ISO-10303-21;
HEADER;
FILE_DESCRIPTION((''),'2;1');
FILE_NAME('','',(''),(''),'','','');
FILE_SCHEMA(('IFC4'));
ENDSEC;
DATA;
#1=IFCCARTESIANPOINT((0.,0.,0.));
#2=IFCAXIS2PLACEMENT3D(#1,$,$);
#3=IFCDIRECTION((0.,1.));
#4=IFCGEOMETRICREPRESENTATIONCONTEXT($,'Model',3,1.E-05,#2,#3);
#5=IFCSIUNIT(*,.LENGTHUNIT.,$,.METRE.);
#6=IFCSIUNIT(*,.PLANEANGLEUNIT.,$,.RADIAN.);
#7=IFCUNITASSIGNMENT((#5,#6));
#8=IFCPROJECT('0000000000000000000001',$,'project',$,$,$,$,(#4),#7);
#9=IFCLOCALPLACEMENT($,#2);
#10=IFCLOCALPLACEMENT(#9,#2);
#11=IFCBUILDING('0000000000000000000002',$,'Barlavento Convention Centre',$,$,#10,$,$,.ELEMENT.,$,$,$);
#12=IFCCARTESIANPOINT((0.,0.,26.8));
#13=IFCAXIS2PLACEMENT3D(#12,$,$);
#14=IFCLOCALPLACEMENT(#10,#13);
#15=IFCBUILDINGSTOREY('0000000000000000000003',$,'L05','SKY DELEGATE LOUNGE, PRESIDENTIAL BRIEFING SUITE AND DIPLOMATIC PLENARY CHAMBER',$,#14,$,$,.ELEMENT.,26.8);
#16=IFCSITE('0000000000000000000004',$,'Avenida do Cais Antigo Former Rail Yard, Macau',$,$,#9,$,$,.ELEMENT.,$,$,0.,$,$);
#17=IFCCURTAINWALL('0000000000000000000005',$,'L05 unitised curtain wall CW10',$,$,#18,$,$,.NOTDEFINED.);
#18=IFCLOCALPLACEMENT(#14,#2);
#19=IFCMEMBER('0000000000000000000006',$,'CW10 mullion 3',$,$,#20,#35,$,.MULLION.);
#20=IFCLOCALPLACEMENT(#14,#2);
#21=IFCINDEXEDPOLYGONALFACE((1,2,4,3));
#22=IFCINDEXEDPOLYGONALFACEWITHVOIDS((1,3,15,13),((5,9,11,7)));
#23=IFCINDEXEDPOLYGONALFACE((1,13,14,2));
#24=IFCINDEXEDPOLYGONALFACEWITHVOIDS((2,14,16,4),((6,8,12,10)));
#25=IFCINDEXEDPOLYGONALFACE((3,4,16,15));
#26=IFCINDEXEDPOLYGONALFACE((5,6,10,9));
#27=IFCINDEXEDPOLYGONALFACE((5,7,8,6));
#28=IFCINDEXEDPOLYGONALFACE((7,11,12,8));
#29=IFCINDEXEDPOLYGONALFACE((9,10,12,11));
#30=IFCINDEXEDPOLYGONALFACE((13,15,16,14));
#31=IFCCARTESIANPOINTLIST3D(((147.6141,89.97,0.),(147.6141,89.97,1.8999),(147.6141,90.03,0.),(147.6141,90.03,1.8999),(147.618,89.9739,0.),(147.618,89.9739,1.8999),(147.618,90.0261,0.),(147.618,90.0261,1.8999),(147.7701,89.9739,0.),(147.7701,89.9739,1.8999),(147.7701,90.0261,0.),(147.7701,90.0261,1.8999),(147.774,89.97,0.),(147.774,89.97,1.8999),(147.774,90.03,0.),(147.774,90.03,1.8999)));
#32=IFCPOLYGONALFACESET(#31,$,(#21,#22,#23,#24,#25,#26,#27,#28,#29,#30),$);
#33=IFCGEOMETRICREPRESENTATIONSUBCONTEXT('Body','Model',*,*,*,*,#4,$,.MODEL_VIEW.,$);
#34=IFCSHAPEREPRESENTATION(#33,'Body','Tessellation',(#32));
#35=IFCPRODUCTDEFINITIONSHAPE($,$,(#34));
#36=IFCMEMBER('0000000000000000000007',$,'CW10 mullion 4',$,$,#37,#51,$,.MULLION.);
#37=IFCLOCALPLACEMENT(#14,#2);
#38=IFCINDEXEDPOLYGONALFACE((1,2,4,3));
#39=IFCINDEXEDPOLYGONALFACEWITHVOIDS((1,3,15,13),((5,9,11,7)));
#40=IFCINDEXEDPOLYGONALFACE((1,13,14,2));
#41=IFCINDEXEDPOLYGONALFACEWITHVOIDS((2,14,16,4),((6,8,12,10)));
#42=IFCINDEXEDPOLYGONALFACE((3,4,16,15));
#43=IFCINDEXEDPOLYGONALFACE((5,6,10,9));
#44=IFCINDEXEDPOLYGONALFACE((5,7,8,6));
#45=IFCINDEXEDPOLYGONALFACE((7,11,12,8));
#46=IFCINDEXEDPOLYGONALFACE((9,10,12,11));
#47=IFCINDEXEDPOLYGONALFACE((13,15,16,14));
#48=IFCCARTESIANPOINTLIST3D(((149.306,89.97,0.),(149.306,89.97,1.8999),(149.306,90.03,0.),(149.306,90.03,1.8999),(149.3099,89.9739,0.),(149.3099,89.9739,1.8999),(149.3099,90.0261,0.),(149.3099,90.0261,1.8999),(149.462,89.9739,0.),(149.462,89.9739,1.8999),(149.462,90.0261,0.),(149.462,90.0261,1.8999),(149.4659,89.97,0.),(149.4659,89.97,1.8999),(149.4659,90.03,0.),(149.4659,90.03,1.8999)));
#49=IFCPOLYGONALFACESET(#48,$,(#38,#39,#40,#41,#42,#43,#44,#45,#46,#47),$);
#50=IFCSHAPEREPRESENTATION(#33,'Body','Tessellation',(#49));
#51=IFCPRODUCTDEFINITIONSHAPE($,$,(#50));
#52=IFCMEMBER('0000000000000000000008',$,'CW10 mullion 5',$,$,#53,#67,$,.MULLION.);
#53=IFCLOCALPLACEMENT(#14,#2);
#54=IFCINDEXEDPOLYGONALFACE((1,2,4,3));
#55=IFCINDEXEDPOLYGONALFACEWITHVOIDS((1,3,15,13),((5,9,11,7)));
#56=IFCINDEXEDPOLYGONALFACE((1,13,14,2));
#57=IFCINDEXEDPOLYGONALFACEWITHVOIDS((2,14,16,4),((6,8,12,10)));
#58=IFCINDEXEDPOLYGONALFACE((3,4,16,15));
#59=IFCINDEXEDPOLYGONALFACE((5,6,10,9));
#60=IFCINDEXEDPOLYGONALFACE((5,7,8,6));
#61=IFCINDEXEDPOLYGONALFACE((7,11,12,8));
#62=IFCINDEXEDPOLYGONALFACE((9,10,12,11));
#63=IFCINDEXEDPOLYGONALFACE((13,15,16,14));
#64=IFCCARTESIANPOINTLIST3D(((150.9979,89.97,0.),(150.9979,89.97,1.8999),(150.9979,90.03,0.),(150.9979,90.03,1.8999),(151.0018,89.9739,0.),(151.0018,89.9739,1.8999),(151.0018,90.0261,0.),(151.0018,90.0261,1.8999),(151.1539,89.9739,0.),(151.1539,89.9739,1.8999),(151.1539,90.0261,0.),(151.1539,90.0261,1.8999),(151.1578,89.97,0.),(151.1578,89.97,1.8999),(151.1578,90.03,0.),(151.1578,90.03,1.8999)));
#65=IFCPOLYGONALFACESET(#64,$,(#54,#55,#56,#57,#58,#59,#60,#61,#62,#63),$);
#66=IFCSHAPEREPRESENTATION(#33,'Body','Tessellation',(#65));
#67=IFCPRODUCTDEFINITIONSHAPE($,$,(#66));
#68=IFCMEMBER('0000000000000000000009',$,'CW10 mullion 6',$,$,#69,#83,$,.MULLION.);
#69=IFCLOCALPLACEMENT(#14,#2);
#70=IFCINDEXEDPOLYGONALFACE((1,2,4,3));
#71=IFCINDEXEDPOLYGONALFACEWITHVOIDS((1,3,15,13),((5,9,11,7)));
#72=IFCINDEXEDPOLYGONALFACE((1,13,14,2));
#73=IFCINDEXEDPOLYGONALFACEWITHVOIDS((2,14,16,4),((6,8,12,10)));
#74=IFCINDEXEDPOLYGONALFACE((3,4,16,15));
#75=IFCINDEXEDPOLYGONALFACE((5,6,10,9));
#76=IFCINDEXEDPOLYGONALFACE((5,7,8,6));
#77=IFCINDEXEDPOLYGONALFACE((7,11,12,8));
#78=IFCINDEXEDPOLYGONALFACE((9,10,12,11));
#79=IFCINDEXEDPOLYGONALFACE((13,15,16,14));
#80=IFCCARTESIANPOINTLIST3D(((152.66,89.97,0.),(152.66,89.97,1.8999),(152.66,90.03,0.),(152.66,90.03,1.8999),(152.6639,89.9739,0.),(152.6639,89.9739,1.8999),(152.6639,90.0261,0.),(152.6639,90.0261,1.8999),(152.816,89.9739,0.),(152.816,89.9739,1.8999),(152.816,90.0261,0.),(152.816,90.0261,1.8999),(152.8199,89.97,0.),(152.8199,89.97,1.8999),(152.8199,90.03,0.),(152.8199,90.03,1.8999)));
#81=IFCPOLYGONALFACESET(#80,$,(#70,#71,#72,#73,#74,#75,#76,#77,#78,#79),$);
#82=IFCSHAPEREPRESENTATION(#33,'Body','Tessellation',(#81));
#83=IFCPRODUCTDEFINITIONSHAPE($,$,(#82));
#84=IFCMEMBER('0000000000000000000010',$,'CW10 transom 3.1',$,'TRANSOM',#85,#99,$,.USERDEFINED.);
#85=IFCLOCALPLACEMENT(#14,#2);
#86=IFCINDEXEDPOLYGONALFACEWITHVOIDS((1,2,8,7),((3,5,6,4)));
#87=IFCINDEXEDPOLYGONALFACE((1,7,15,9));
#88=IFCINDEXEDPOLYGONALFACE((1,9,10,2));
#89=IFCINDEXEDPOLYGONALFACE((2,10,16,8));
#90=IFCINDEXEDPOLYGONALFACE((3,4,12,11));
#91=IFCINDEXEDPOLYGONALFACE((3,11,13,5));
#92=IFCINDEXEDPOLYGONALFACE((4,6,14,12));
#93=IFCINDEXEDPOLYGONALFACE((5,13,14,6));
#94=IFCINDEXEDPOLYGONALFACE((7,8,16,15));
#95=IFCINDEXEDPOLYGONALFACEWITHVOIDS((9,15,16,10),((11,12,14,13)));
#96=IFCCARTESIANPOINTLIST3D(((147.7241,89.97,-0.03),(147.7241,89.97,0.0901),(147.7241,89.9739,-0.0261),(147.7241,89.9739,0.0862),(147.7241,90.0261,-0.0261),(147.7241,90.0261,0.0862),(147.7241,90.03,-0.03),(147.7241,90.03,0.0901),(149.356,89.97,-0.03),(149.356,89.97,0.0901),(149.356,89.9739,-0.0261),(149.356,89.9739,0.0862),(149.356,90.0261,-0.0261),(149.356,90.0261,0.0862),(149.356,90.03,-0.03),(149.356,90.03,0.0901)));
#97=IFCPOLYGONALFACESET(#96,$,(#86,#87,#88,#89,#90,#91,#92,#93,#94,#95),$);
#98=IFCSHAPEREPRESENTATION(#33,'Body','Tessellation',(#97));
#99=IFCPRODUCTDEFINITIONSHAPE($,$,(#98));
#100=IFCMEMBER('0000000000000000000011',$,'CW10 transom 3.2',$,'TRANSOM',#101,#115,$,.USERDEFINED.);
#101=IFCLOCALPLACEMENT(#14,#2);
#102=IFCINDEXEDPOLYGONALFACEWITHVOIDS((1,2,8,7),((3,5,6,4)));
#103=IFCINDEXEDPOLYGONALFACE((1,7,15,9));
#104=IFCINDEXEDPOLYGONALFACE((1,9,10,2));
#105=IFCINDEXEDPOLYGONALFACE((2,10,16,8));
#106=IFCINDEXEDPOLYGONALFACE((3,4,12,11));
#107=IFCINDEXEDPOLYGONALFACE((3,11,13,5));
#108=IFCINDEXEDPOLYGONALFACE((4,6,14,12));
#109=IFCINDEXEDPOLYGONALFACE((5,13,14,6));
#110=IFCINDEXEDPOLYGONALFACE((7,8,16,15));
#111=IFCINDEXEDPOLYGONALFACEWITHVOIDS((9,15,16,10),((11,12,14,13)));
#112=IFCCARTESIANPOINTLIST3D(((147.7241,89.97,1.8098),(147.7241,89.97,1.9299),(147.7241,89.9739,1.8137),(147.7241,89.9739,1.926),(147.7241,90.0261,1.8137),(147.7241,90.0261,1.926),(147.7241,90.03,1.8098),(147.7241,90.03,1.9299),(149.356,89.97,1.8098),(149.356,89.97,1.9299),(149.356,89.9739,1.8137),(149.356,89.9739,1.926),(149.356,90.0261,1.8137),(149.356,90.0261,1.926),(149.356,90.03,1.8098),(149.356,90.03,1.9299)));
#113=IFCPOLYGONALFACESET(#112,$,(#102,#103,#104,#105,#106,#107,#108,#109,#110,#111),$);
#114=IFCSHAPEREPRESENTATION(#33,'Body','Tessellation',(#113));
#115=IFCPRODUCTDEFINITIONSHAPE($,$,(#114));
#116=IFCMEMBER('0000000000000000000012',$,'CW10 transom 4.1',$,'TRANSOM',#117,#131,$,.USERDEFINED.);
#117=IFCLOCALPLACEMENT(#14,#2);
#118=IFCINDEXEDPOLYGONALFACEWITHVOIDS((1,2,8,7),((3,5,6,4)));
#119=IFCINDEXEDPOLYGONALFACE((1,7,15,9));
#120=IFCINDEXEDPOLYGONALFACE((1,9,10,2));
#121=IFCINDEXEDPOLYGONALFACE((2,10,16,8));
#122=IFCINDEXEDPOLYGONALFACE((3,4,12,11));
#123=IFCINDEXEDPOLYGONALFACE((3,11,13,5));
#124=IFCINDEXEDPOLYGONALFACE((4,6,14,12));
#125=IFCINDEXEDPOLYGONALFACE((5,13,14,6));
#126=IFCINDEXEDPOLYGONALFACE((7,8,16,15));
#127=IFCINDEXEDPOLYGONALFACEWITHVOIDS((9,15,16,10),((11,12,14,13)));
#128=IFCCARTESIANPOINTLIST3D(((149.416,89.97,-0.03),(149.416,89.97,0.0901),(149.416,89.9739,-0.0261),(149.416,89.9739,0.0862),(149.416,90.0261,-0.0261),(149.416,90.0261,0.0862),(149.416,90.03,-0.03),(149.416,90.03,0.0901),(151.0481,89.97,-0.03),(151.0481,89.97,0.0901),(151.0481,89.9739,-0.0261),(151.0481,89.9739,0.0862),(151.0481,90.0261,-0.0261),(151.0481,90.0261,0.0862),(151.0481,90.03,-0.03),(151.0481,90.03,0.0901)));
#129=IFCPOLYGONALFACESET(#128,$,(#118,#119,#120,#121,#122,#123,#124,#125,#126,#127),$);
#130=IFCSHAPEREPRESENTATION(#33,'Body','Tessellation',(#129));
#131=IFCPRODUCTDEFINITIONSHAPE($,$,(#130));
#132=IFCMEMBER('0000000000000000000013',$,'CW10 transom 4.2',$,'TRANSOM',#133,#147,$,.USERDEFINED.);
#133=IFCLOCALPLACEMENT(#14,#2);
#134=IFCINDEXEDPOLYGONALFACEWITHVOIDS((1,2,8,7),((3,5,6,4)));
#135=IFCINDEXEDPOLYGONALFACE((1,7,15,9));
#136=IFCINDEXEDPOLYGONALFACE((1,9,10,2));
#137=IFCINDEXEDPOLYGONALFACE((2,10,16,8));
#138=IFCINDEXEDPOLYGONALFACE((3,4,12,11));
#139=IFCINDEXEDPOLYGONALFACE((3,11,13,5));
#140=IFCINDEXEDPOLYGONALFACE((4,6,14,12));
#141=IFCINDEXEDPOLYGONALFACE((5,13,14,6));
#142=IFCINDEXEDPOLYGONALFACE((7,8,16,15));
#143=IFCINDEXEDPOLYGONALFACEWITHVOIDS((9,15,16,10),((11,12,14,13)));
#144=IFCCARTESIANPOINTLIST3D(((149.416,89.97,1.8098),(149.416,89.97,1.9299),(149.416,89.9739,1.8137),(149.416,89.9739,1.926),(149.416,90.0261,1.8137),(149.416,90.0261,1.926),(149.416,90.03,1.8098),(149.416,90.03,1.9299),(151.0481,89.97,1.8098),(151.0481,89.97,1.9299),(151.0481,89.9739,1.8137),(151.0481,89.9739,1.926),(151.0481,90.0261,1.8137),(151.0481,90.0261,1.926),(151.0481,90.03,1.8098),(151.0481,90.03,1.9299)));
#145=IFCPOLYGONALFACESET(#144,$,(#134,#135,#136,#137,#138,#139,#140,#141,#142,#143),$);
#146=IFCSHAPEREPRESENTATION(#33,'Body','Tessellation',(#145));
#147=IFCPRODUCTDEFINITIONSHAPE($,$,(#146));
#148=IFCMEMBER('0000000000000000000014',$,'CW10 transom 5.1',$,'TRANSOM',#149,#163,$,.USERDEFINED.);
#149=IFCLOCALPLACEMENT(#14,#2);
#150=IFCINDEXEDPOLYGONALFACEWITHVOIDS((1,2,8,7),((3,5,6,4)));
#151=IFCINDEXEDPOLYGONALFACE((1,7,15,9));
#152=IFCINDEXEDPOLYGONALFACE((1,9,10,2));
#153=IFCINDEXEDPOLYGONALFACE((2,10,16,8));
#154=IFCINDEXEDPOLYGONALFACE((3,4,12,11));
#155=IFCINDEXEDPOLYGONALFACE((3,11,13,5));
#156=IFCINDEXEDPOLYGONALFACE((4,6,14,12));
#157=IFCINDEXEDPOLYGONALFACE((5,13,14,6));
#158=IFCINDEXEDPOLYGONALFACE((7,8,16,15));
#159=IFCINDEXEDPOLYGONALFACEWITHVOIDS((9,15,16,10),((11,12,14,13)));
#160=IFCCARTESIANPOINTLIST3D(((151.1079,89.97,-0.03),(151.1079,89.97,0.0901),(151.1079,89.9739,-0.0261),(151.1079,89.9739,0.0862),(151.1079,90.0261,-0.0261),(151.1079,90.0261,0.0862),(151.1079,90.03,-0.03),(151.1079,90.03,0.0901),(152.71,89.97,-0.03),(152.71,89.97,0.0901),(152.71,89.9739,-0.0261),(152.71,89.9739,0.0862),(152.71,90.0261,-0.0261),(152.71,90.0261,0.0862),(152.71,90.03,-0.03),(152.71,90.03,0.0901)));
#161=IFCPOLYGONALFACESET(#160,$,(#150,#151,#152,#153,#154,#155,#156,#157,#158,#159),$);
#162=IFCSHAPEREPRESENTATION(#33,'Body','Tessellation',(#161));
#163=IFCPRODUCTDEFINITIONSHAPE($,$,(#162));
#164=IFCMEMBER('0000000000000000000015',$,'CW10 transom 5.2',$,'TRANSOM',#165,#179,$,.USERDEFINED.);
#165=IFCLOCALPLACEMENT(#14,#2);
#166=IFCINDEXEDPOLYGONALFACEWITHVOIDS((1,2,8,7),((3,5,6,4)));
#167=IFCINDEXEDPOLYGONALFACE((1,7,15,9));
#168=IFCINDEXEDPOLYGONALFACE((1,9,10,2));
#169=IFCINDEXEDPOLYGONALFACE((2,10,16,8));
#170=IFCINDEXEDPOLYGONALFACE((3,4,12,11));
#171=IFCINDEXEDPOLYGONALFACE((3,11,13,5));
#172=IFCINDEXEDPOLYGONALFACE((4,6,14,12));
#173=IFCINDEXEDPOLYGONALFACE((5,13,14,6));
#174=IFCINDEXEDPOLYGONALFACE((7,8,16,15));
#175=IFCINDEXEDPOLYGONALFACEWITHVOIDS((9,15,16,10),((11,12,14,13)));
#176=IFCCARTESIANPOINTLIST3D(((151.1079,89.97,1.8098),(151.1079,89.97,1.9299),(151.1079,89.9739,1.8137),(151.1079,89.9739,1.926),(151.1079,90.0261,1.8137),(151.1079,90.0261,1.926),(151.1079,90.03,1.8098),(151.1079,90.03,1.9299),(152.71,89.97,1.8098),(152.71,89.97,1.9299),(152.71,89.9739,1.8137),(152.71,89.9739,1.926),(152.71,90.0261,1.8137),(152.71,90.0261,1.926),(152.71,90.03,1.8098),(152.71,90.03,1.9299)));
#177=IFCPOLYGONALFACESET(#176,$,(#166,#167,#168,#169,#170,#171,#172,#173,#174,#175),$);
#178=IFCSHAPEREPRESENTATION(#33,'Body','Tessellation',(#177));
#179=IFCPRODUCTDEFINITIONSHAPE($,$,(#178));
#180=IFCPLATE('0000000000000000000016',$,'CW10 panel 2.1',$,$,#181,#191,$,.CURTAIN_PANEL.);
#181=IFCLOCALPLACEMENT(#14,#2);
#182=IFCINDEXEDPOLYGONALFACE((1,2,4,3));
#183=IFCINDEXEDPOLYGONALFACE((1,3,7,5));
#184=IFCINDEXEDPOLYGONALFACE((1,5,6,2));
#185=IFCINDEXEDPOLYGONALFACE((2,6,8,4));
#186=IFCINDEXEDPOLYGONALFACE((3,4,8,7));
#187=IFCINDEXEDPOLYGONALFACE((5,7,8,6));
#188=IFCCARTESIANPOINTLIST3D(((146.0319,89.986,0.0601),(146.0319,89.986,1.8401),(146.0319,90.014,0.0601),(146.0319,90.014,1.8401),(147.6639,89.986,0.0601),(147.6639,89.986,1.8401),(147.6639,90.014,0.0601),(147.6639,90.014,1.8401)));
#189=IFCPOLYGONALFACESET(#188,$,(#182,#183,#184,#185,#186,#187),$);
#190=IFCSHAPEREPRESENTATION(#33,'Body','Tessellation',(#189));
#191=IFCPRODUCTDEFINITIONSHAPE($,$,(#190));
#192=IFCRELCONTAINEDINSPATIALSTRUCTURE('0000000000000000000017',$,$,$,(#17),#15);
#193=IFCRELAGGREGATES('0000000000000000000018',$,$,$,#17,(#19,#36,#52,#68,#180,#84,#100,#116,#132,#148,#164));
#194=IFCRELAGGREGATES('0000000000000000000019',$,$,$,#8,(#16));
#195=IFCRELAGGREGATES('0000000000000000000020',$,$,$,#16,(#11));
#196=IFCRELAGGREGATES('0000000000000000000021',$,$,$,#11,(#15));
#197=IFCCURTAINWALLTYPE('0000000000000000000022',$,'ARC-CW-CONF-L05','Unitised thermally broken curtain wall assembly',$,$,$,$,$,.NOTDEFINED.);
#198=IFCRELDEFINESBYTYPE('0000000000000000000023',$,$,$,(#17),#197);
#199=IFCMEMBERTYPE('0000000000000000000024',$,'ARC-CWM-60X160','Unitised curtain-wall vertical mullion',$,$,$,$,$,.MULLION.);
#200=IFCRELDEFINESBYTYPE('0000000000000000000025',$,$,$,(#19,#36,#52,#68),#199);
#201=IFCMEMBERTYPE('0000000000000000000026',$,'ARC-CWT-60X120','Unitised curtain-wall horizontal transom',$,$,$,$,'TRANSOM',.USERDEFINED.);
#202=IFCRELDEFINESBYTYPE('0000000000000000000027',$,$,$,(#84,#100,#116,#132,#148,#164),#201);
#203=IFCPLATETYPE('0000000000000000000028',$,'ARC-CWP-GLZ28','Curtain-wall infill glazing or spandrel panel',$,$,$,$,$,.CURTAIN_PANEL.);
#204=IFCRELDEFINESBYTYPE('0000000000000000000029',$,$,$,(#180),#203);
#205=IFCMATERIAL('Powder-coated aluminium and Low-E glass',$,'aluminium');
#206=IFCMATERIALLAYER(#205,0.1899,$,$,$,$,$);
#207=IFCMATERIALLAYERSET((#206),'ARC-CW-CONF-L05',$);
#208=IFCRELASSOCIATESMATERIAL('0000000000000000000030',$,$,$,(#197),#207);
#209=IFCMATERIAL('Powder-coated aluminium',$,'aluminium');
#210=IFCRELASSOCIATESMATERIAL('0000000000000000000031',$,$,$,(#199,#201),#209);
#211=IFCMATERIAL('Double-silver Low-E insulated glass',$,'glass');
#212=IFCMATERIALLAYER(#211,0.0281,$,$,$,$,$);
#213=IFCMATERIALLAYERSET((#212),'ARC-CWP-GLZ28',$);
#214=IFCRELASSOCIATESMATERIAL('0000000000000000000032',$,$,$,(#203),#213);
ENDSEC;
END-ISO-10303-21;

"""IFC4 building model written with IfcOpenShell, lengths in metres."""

from ifc_helpers import new_model, si_unit, direction, frame, origin, origin_2d, place, context, subcontext, project, spatial, rectangle, hollow_rectangle, extrude, material, layer, layer_set, material_profile, profile_set, type_object, element, aggregate, save


model = new_model("IFC4")

# Units and contexts
model_context = context("Model", 3, precision=1e-05, world=origin(), true_north=direction((0.0, 1.0)))
body_context = subcontext(model_context, "Body", "Model", "MODEL_VIEW")
ifc_project = project(units=[si_unit("LENGTHUNIT", "METRE"), si_unit("PLANEANGLEUNIT", "RADIAN")], contexts=[model_context])

# Site, building, storey
site_placement = place(None, origin())
site = spatial("IfcSite", under=ifc_project, at=site_placement, Name="Avenida do Cais Antigo Former Rail Yard, Macau", CompositionType="ELEMENT", RefElevation=0.0)
building_placement = place(site_placement, origin())
building = spatial("IfcBuilding", under=site, at=building_placement, Name="Barlavento Convention Centre", CompositionType="ELEMENT")
storey_placement = place(building_placement, frame((0.0, 0.0, 26.8)))
storey = spatial("IfcBuildingStorey", under=building, at=storey_placement, Name="L05", Description="SKY DELEGATE LOUNGE, PRESIDENTIAL BRIEFING SUITE AND DIPLOMATIC PLENARY CHAMBER", CompositionType="ELEMENT", Elevation=26.8)

# Curtain wall, members, plate
ifc_material_1 = material(Name="Powder-coated aluminium and Low-E glass", Category="aluminium")
ifc_layer_1 = layer(ifc_material_1, 0.1899)
ifc_layer_set_1 = layer_set([ifc_layer_1], Name="ARC-CW-CONF-L05")
curtain_wall_type = type_object("IfcCurtainWallType", Name="ARC-CW-CONF-L05", Description="Unitised thermally broken curtain wall assembly", PredefinedType="NOTDEFINED", material=ifc_layer_set_1)
curtain_wall_placement = place(storey_placement, origin())
curtain_wall = element("IfcCurtainWall", 1, at=curtain_wall_placement, inside=storey, type_object=curtain_wall_type, Name="L05 unitised curtain wall CW10", PredefinedType="NOTDEFINED")
ifc_material_2 = material(Name="Powder-coated aluminium", Category="aluminium")
ifc_material_profile_1 = material_profile(ifc_material_2, hollow_rectangle(XDim=0.0601, YDim=0.1599, WallThickness=0.0039, at=origin_2d()), Name="AL-MULL 60x160x4")
ifc_profile_set_1 = profile_set([ifc_material_profile_1], Name="Powder-coated aluminium")
member_type_1 = type_object("IfcMemberType", Name="ARC-CWM-60X160", Description="Unitised curtain-wall vertical mullion", PredefinedType="MULLION", material=ifc_profile_set_1)
member_1_placement = place(storey_placement, frame((147.6941, 90.0, 0.0), z_axis=(0.0, 0.0, 1.0), x_axis=(0.0, 1.0, 0.0)))
member_1 = element("IfcMember", 2, at=member_1_placement, type_object=member_type_1, Name="CW10 mullion 3", PredefinedType="MULLION", context=body_context, shape_type="SweptSolid", body=[
    extrude(hollow_rectangle(XDim=0.0601, YDim=0.1599, WallThickness=0.0039, at=origin_2d()), origin(), (0.0, 0.0, 1.0), 1.8999),
])
member_2_placement = place(storey_placement, frame((149.386, 90.0, 0.0), z_axis=(0.0, 0.0, 1.0), x_axis=(0.0, 1.0, 0.0)))
member_2 = element("IfcMember", 3, at=member_2_placement, type_object=member_type_1, Name="CW10 mullion 4", PredefinedType="MULLION", context=body_context, shape_type="SweptSolid", body=[
    extrude(hollow_rectangle(XDim=0.0601, YDim=0.1599, WallThickness=0.0039, at=origin_2d()), origin(), (0.0, 0.0, 1.0), 1.8999),
])
member_3_placement = place(storey_placement, frame((151.0779, 90.0, 0.0), z_axis=(0.0, 0.0, 1.0), x_axis=(0.0, 1.0, 0.0)))
member_3 = element("IfcMember", 4, at=member_3_placement, type_object=member_type_1, Name="CW10 mullion 5", PredefinedType="MULLION", context=body_context, shape_type="SweptSolid", body=[
    extrude(hollow_rectangle(XDim=0.0601, YDim=0.1599, WallThickness=0.0039, at=origin_2d()), origin(), (0.0, 0.0, 1.0), 1.8999),
])
member_4_placement = place(storey_placement, frame((152.74, 90.0, 0.0), z_axis=(0.0, 0.0, 1.0), x_axis=(0.0, 1.0, 0.0)))
member_4 = element("IfcMember", 5, at=member_4_placement, type_object=member_type_1, Name="CW10 mullion 6", PredefinedType="MULLION", context=body_context, shape_type="SweptSolid", body=[
    extrude(hollow_rectangle(XDim=0.0601, YDim=0.1599, WallThickness=0.0039, at=origin_2d()), origin(), (0.0, 0.0, 1.0), 1.8999),
])
ifc_material_profile_2 = material_profile(ifc_material_2, hollow_rectangle(XDim=0.0601, YDim=0.1201, WallThickness=0.0039, at=origin_2d()), Name="AL-TRAN 60x120x4")
ifc_profile_set_2 = profile_set([ifc_material_profile_2], Name="Powder-coated aluminium")
member_type_2 = type_object("IfcMemberType", Name="ARC-CWT-60X120", Description="Unitised curtain-wall horizontal transom", ElementType="TRANSOM", PredefinedType="USERDEFINED", material=ifc_profile_set_2)
member_5_placement = place(storey_placement, frame((147.7241, 90.0, 0.03), z_axis=(1.0, 0.0, 0.0), x_axis=(0.0, 1.0, 0.0)))
member_5 = element("IfcMember", 6, at=member_5_placement, type_object=member_type_2, Name="CW10 transom 3.1", ObjectType="TRANSOM", PredefinedType="USERDEFINED", context=body_context, shape_type="SweptSolid", body=[
    extrude(hollow_rectangle(XDim=0.0601, YDim=0.1201, WallThickness=0.0039, at=origin_2d()), origin(), (0.0, 0.0, 1.0), 1.6318),
])
member_6_placement = place(storey_placement, frame((147.7241, 90.0, 1.8699), z_axis=(1.0, 0.0, 0.0), x_axis=(0.0, 1.0, 0.0)))
member_6 = element("IfcMember", 7, at=member_6_placement, type_object=member_type_2, Name="CW10 transom 3.2", ObjectType="TRANSOM", PredefinedType="USERDEFINED", context=body_context, shape_type="SweptSolid", body=[
    extrude(hollow_rectangle(XDim=0.0601, YDim=0.1201, WallThickness=0.0039, at=origin_2d()), origin(), (0.0, 0.0, 1.0), 1.6318),
])
member_7_placement = place(storey_placement, frame((149.416, 90.0, 0.03), z_axis=(1.0, 0.0, 0.0), x_axis=(0.0, 1.0, 0.0)))
member_7 = element("IfcMember", 8, at=member_7_placement, type_object=member_type_2, Name="CW10 transom 4.1", ObjectType="TRANSOM", PredefinedType="USERDEFINED", context=body_context, shape_type="SweptSolid", body=[
    extrude(hollow_rectangle(XDim=0.0601, YDim=0.1201, WallThickness=0.0039, at=origin_2d()), origin(), (0.0, 0.0, 1.0), 1.6321),
])
member_8_placement = place(storey_placement, frame((149.416, 90.0, 1.8699), z_axis=(1.0, 0.0, 0.0), x_axis=(0.0, 1.0, 0.0)))
member_8 = element("IfcMember", 9, at=member_8_placement, type_object=member_type_2, Name="CW10 transom 4.2", ObjectType="TRANSOM", PredefinedType="USERDEFINED", context=body_context, shape_type="SweptSolid", body=[
    extrude(hollow_rectangle(XDim=0.0601, YDim=0.1201, WallThickness=0.0039, at=origin_2d()), origin(), (0.0, 0.0, 1.0), 1.6321),
])
member_9_placement = place(storey_placement, frame((151.1079, 90.0, 0.03), z_axis=(1.0, 0.0, 0.0), x_axis=(0.0, 1.0, 0.0)))
member_9 = element("IfcMember", 10, at=member_9_placement, type_object=member_type_2, Name="CW10 transom 5.1", ObjectType="TRANSOM", PredefinedType="USERDEFINED", context=body_context, shape_type="SweptSolid", body=[
    extrude(hollow_rectangle(XDim=0.0601, YDim=0.1201, WallThickness=0.0039, at=origin_2d()), origin(), (0.0, 0.0, 1.0), 1.6021),
])
member_10_placement = place(storey_placement, frame((151.1079, 90.0, 1.8699), z_axis=(1.0, 0.0, 0.0), x_axis=(0.0, 1.0, 0.0)))
member_10 = element("IfcMember", 11, at=member_10_placement, type_object=member_type_2, Name="CW10 transom 5.2", ObjectType="TRANSOM", PredefinedType="USERDEFINED", context=body_context, shape_type="SweptSolid", body=[
    extrude(hollow_rectangle(XDim=0.0601, YDim=0.1201, WallThickness=0.0039, at=origin_2d()), origin(), (0.0, 0.0, 1.0), 1.6021),
])
ifc_material_3 = material(Name="Double-silver Low-E insulated glass", Category="glass")
ifc_layer_2 = layer(ifc_material_3, 0.0281)
ifc_layer_set_2 = layer_set([ifc_layer_2], Name="ARC-CWP-GLZ28")
plate_type = type_object("IfcPlateType", Name="ARC-CWP-GLZ28", Description="Curtain-wall infill glazing or spandrel panel", PredefinedType="CURTAIN_PANEL", material=ifc_layer_set_2)
plate_1_placement = place(storey_placement, frame((146.8479, 90.0, 0.0601), z_axis=(0.0, 0.0, 1.0), x_axis=(1.0, 0.0, 0.0)))
plate_1 = element("IfcPlate", 12, at=plate_1_placement, type_object=plate_type, Name="CW10 panel 2.1", PredefinedType="CURTAIN_PANEL", context=body_context, shape_type="SweptSolid", body=[
    extrude(rectangle(XDim=1.6321, YDim=0.0281, at=origin_2d()), origin(), (0.0, 0.0, 1.0), 1.78),
])
aggregate(curtain_wall, [member_1, member_2, member_3, member_4, plate_1, member_5, member_6, member_7, member_8, member_9, member_10])

save(model, "model.ifc")
